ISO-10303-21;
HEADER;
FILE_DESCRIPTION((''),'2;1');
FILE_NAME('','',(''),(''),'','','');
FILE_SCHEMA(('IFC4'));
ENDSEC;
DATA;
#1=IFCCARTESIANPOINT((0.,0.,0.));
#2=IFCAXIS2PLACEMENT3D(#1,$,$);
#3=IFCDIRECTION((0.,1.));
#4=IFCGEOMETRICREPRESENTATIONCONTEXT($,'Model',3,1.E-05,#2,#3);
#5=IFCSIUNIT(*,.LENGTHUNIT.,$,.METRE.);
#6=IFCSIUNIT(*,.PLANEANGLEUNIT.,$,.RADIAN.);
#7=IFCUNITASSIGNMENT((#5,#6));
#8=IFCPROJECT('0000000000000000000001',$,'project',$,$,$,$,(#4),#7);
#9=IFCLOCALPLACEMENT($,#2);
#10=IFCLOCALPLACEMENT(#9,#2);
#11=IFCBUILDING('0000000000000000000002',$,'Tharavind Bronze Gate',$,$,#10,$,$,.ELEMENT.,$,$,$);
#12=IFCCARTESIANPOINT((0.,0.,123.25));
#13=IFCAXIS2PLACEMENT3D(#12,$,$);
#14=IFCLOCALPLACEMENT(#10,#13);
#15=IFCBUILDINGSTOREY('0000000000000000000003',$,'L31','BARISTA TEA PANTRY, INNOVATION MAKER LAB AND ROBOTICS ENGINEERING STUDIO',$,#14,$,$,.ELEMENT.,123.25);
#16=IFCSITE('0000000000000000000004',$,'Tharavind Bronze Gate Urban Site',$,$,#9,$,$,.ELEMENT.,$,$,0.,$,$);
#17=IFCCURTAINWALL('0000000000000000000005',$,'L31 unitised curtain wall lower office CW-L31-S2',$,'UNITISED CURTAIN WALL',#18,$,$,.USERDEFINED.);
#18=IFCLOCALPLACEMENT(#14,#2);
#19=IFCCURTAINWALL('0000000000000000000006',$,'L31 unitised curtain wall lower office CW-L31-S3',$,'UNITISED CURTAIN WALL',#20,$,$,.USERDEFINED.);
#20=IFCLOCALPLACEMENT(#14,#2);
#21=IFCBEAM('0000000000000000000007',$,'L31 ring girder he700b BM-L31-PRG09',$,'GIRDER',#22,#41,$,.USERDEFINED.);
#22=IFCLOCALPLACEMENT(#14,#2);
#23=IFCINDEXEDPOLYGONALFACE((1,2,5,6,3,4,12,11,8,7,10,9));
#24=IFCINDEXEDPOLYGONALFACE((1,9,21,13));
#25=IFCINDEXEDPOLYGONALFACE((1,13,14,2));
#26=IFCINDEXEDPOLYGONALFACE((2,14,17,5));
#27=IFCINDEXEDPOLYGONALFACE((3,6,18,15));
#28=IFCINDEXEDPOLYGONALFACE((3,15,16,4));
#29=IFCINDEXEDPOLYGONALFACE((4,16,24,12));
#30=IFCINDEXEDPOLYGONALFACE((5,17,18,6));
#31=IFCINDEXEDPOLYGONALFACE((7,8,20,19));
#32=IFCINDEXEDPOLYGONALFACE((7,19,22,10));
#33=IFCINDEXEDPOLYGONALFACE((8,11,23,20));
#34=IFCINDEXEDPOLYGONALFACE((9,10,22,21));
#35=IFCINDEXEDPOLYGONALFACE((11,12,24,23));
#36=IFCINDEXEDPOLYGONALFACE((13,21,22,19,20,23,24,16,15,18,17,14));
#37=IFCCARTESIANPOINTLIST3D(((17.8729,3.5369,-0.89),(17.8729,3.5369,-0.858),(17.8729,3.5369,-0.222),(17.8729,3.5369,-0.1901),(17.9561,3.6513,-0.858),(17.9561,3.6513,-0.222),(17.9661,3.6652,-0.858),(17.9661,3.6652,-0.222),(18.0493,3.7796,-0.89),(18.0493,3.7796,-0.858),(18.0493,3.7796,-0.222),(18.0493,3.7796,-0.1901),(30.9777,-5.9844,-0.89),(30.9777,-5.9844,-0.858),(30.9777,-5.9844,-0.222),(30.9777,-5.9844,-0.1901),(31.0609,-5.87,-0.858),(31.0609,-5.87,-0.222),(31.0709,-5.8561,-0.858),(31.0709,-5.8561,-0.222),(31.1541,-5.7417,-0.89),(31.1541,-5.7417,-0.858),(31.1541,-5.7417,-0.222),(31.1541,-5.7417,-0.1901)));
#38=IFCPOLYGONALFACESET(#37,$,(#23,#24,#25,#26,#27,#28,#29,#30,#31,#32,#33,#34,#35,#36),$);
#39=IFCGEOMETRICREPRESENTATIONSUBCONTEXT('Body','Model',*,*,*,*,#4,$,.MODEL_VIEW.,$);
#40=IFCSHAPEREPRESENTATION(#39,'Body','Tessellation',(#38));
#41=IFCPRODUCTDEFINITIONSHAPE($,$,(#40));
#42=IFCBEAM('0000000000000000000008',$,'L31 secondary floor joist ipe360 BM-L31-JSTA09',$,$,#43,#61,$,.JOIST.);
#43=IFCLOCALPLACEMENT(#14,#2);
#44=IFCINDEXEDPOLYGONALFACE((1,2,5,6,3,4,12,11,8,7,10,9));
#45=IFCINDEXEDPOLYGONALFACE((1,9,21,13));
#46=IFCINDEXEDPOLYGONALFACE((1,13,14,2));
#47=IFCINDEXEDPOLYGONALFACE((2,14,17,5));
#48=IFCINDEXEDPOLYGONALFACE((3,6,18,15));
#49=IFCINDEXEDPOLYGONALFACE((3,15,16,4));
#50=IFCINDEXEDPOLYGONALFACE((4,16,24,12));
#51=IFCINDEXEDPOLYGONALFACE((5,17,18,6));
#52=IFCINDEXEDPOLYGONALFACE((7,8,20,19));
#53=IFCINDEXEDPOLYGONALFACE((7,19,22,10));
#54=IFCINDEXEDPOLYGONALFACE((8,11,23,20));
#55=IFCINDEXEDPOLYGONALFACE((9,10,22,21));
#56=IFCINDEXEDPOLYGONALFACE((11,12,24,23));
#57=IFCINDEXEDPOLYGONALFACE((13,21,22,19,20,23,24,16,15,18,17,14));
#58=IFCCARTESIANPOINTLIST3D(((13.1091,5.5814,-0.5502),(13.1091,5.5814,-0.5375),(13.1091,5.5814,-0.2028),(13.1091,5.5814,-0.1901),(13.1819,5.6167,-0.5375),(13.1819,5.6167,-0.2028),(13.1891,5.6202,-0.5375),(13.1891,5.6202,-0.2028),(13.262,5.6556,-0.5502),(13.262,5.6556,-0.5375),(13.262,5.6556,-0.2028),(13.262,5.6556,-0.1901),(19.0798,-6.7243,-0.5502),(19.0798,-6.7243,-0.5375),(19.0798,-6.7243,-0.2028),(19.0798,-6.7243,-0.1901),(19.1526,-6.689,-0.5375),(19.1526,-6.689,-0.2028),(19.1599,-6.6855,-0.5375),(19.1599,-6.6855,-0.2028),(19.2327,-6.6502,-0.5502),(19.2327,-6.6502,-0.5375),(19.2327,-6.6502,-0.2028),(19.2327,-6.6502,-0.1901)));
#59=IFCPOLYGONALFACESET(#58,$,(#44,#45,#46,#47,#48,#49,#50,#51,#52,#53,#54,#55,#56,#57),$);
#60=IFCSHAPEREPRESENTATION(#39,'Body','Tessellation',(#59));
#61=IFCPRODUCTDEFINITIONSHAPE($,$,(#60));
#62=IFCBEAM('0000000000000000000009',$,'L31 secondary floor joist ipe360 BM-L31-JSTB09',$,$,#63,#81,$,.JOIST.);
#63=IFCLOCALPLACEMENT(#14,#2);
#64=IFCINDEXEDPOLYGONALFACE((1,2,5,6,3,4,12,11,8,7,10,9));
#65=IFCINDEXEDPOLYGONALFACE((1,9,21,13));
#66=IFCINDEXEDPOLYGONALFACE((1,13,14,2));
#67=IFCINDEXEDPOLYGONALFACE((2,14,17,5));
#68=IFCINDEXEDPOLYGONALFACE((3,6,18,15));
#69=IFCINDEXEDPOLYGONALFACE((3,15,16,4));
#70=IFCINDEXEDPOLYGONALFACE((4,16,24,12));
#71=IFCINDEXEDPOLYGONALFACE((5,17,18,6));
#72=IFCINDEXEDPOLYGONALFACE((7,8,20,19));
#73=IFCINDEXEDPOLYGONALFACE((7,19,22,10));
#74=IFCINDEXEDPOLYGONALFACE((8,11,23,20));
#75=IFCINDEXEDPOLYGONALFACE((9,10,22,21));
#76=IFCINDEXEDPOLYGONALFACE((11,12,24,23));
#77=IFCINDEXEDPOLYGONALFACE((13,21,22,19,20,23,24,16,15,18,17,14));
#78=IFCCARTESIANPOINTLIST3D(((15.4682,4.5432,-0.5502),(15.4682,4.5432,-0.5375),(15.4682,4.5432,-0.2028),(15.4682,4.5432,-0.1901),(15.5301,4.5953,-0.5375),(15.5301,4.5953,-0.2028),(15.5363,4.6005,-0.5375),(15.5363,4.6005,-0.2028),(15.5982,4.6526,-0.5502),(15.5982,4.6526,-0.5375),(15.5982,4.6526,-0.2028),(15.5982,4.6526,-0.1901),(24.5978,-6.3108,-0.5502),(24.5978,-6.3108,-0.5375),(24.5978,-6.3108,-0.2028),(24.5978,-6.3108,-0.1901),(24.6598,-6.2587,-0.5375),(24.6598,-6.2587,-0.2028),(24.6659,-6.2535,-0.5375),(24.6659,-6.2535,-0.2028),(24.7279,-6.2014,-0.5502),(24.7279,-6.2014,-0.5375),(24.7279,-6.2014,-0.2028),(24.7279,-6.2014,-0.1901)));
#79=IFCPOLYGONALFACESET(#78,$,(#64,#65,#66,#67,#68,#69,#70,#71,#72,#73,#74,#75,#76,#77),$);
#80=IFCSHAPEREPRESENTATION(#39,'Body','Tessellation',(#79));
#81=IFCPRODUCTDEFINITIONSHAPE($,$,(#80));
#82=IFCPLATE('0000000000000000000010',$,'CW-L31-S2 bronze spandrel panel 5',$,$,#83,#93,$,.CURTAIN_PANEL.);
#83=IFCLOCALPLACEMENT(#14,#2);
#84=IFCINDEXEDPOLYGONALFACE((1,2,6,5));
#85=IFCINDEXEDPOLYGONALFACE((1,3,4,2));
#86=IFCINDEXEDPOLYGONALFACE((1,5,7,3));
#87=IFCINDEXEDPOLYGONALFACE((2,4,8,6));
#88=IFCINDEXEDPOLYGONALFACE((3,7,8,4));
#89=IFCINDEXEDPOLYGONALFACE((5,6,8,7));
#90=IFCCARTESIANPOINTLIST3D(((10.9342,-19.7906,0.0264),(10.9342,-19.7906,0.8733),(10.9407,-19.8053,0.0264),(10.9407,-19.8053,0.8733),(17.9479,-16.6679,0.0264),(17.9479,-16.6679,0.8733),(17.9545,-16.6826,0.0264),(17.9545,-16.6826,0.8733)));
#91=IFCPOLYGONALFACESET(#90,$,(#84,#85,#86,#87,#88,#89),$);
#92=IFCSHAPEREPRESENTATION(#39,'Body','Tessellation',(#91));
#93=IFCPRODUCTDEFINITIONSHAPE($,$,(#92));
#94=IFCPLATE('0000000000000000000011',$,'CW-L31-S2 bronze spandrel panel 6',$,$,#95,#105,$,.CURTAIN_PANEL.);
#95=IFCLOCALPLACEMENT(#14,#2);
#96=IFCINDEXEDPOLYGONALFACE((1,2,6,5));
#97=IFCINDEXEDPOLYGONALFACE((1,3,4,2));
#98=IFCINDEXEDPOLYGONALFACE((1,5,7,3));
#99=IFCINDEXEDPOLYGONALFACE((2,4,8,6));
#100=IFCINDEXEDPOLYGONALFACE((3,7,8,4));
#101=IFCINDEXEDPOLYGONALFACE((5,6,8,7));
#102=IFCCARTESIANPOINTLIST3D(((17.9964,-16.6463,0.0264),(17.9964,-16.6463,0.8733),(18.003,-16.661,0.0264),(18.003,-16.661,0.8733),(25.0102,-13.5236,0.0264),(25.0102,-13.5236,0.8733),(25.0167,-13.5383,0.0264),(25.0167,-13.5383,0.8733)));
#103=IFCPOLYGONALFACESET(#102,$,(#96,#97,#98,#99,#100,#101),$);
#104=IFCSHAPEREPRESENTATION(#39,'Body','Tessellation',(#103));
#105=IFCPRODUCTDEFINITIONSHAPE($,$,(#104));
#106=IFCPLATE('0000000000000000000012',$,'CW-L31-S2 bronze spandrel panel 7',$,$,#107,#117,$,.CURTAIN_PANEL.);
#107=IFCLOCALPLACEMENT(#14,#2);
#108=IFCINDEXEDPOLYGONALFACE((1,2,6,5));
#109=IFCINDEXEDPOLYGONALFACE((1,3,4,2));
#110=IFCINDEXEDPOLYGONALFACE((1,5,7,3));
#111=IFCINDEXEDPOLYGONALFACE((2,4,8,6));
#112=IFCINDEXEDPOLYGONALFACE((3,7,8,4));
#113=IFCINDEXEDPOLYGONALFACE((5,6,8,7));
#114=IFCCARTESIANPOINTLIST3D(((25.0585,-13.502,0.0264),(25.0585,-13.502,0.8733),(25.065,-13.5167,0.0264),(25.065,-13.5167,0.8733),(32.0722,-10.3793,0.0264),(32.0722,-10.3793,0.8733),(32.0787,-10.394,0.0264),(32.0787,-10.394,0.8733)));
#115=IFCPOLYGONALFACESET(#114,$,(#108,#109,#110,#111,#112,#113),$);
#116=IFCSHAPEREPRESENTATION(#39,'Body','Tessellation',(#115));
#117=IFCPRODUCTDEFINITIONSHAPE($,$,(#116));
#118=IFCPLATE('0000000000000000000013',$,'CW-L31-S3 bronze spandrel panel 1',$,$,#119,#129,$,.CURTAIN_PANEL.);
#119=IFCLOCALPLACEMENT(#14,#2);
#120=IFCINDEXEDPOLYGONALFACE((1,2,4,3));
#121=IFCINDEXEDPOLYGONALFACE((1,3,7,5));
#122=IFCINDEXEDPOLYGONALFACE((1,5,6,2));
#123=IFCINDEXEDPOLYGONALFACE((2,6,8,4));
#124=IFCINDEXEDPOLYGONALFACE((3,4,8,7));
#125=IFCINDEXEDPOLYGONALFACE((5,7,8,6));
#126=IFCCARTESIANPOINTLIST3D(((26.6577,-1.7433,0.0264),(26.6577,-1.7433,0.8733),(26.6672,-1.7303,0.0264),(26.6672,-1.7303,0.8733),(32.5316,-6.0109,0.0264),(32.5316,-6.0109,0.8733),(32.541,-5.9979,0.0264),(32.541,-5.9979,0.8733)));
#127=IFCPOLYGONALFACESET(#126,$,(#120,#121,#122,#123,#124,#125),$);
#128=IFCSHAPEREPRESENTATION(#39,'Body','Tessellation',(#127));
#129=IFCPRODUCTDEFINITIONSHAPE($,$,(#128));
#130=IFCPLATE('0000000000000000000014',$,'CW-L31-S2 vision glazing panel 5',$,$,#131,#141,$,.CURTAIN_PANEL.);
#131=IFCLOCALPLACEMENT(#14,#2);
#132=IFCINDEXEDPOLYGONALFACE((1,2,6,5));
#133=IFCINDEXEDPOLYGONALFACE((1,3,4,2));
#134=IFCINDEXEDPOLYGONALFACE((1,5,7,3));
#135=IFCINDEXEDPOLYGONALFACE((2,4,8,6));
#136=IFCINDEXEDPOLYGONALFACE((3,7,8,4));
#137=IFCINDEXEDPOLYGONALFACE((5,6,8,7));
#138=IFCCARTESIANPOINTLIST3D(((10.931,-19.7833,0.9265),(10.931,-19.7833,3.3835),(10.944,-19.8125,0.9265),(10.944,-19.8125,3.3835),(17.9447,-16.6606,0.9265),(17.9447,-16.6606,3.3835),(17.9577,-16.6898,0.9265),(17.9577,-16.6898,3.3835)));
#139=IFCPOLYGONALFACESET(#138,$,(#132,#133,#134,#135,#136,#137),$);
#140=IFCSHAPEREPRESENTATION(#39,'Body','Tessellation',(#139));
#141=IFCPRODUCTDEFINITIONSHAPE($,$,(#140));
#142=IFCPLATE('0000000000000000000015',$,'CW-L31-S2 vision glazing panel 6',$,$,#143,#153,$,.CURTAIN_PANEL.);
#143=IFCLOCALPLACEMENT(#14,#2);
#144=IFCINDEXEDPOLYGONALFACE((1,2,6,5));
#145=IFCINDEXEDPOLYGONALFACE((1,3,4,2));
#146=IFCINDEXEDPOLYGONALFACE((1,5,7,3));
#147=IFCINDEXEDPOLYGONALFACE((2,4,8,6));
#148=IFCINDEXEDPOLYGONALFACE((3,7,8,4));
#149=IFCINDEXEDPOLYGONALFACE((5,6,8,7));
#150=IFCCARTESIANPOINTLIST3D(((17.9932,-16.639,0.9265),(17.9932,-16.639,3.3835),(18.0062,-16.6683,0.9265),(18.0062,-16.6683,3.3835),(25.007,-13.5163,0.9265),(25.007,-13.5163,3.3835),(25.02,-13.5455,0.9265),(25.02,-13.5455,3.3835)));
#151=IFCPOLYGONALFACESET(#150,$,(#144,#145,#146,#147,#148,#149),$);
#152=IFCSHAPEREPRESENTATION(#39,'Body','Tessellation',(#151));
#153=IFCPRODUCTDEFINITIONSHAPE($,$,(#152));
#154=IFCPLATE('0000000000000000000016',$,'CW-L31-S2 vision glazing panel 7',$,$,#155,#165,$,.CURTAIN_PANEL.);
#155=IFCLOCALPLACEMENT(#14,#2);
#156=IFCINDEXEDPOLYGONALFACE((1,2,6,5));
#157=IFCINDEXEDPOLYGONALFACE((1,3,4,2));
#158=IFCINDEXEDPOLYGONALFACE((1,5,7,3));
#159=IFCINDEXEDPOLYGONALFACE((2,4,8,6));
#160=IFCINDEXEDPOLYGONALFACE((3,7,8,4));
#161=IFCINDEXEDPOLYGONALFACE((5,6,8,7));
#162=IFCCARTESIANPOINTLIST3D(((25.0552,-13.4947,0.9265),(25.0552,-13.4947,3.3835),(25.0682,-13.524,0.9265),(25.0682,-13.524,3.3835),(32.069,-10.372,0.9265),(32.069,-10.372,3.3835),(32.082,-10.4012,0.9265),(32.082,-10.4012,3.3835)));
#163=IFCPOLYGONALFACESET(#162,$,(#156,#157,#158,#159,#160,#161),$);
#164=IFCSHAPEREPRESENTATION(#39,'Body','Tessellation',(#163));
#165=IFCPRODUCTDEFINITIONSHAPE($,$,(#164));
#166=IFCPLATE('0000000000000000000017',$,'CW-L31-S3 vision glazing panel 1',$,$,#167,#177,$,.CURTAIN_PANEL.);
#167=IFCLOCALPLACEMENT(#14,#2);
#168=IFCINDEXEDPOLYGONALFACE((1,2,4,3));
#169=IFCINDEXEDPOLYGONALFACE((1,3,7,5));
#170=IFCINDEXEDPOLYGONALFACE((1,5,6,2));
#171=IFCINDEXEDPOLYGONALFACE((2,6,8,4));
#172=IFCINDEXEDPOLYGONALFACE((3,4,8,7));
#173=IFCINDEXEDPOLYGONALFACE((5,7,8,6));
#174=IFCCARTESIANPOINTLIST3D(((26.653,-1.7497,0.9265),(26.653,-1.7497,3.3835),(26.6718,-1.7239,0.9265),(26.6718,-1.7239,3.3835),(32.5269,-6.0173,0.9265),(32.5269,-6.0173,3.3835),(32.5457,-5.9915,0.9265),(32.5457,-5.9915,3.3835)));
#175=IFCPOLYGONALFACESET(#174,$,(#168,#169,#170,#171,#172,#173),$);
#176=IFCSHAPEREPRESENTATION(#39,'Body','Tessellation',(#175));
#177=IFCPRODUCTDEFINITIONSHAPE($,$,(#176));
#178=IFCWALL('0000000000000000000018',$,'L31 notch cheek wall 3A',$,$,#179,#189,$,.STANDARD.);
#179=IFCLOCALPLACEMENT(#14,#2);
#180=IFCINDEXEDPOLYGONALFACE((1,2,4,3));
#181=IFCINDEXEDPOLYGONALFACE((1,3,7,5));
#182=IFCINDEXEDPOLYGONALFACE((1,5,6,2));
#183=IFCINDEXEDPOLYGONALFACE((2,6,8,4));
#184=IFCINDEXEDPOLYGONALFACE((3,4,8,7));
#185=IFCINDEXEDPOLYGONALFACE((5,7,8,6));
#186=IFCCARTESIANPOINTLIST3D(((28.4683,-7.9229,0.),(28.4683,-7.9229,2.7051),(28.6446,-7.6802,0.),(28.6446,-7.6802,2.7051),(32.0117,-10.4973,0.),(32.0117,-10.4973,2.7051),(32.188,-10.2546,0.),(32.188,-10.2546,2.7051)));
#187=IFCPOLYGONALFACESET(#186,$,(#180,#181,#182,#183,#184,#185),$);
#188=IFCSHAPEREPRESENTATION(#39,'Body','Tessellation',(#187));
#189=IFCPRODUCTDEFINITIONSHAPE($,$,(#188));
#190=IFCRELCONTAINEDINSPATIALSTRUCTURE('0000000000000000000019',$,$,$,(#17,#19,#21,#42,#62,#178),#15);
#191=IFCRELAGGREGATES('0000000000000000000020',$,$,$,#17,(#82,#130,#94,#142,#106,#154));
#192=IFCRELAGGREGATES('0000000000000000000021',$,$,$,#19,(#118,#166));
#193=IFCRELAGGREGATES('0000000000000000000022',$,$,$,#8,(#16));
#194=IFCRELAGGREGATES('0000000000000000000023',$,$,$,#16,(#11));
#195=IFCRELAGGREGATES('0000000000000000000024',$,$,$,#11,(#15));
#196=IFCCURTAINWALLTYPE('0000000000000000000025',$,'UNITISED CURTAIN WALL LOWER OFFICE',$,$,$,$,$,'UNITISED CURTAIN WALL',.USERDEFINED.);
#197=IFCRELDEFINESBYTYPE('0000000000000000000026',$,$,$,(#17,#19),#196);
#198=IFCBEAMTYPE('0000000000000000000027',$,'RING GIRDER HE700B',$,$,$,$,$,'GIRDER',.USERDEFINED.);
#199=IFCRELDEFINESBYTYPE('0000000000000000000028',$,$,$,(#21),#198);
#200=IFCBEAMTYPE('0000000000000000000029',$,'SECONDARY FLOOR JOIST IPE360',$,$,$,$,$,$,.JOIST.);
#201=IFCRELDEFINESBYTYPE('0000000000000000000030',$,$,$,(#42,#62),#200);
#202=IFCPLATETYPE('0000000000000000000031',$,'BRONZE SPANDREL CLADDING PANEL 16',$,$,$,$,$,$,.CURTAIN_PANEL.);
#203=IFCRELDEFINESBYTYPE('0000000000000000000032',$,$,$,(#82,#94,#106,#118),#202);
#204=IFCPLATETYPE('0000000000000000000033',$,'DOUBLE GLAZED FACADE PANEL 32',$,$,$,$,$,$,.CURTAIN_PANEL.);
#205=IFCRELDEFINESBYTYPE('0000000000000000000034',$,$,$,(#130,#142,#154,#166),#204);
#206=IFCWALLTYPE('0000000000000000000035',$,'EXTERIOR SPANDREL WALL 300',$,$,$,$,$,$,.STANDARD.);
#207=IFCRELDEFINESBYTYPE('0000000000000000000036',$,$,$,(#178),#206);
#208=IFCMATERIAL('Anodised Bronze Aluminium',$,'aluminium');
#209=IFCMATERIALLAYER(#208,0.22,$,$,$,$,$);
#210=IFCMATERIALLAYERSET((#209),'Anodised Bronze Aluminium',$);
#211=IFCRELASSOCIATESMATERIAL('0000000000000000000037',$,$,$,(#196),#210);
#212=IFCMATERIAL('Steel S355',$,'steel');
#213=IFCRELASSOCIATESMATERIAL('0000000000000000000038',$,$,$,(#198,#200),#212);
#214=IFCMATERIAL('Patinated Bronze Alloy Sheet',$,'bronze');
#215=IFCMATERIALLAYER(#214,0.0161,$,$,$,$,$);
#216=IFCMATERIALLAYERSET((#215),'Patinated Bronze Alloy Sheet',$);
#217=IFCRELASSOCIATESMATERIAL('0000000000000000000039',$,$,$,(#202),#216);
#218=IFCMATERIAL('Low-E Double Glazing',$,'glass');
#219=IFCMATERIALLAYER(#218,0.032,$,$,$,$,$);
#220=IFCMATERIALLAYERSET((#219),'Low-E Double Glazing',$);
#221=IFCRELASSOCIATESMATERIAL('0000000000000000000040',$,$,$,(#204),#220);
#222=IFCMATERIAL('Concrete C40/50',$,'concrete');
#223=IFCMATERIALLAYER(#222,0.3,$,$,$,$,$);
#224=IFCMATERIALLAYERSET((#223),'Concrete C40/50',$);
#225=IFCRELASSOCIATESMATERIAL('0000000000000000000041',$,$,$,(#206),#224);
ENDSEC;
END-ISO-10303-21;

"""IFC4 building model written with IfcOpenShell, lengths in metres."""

from ifc_helpers import new_model, si_unit, direction, frame, frame_2d, origin, origin_2d, place, context, subcontext, project, spatial, rectangle, i_section, extrude, material, layer, layer_set, material_profile, profile_set, type_object, element, aggregate, save


model = new_model("IFC4")

# Units and contexts
model_context = context("Model", 3, precision=1e-05, world=origin(), true_north=direction((0.0, 1.0)))
body_context = subcontext(model_context, "Body", "Model", "MODEL_VIEW")
ifc_project = project(units=[si_unit("LENGTHUNIT", "METRE"), si_unit("PLANEANGLEUNIT", "RADIAN")], contexts=[model_context])

# Site, building, storey
site_placement = place(None, origin())
site = spatial("IfcSite", under=ifc_project, at=site_placement, Name="Tharavind Bronze Gate Urban Site", CompositionType="ELEMENT", RefElevation=0.0)
building_placement = place(site_placement, origin())
building = spatial("IfcBuilding", under=site, at=building_placement, Name="Tharavind Bronze Gate", CompositionType="ELEMENT")
storey_placement = place(building_placement, frame((0.0, 0.0, 123.25)))
storey = spatial("IfcBuildingStorey", under=building, at=storey_placement, Name="L31", Description="BARISTA TEA PANTRY, INNOVATION MAKER LAB AND ROBOTICS ENGINEERING STUDIO", CompositionType="ELEMENT", Elevation=123.25)

# Curtain walls
ifc_material_1 = material(Name="Anodised Bronze Aluminium", Category="aluminium")
ifc_layer_1 = layer(ifc_material_1, 0.22)
ifc_layer_set_1 = layer_set([ifc_layer_1], Name="Anodised Bronze Aluminium")
curtain_wall_type = type_object("IfcCurtainWallType", Name="UNITISED CURTAIN WALL LOWER OFFICE", ElementType="UNITISED CURTAIN WALL", PredefinedType="USERDEFINED", material=ifc_layer_set_1)
curtain_wall_1_placement = place(storey_placement, origin())
curtain_wall_1 = element("IfcCurtainWall", 1, at=curtain_wall_1_placement, inside=storey, type_object=curtain_wall_type, Name="L31 unitised curtain wall lower office CW-L31-S2", ObjectType="UNITISED CURTAIN WALL", PredefinedType="USERDEFINED")
curtain_wall_2_placement = place(storey_placement, origin())
curtain_wall_2 = element("IfcCurtainWall", 2, at=curtain_wall_2_placement, inside=storey, type_object=curtain_wall_type, Name="L31 unitised curtain wall lower office CW-L31-S3", ObjectType="UNITISED CURTAIN WALL", PredefinedType="USERDEFINED")

# Beams
ifc_material_2 = material(Name="Steel S355", Category="steel")
ifc_material_profile_1 = material_profile(ifc_material_2, i_section(OverallWidth=0.3, OverallDepth=0.7, WebThickness=0.0171, FlangeThickness=0.032, at=origin_2d()), Name="HE700B")
ifc_profile_set_1 = profile_set([ifc_material_profile_1], Name="Steel S355")
beam_type_1 = type_object("IfcBeamType", Name="RING GIRDER HE700B", ElementType="GIRDER", PredefinedType="USERDEFINED", material=ifc_profile_set_1)
beam_1_placement = place(storey_placement, frame((31.0659, -5.863, -0.54), z_axis=(-0.809014, 0.587789, 0.0), x_axis=(-0.587789, -0.809014, 0.0)))
element("IfcBeam", 3, at=beam_1_placement, inside=storey, type_object=beam_type_1, Name="L31 ring girder he700b BM-L31-PRG09", ObjectType="GIRDER", PredefinedType="USERDEFINED", context=body_context, shape_type="SweptSolid", body=[
    extrude(i_section(OverallWidth=0.3, OverallDepth=0.7, WebThickness=0.0171, FlangeThickness=0.032, at=origin_2d()), origin(), (0.0, 0.0, 1.0), 16.1985),
])
ifc_material_profile_2 = material_profile(ifc_material_2, i_section(OverallWidth=0.1699, OverallDepth=0.3601, WebThickness=0.0081, FlangeThickness=0.0127, at=origin_2d()), Name="IPE360")
ifc_profile_set_2 = profile_set([ifc_material_profile_2], Name="Steel S355")
beam_type_2 = type_object("IfcBeamType", Name="SECONDARY FLOOR JOIST IPE360", PredefinedType="JOIST", material=ifc_profile_set_2)
beam_2_placement = place(storey_placement, frame((19.1562, -6.6873, -0.3701), z_axis=(-0.436529, 0.89969, 0.0), x_axis=(-0.89969, -0.436529, 0.0)))
element("IfcBeam", 4, at=beam_2_placement, inside=storey, type_object=beam_type_2, Name="L31 secondary floor joist ipe360 BM-L31-JSTA09", PredefinedType="JOIST", context=body_context, shape_type="SweptSolid", body=[
    extrude(i_section(OverallWidth=0.1699, OverallDepth=0.3601, WebThickness=0.0081, FlangeThickness=0.0127, at=origin_2d()), origin(), (0.0, 0.0, 1.0), 13.6777),
])
beam_3_placement = place(storey_placement, frame((24.6628, -6.2561, -0.3701), z_axis=(-0.643699, 0.765278, 0.0), x_axis=(-0.765278, -0.643699, 0.0)))
element("IfcBeam", 5, at=beam_3_placement, inside=storey, type_object=beam_type_2, Name="L31 secondary floor joist ipe360 BM-L31-JSTB09", PredefinedType="JOIST", context=body_context, shape_type="SweptSolid", body=[
    extrude(i_section(OverallWidth=0.1699, OverallDepth=0.3601, WebThickness=0.0081, FlangeThickness=0.0127, at=origin_2d()), origin(), (0.0, 0.0, 1.0), 14.1831),
])

# Plates
ifc_material_3 = material(Name="Patinated Bronze Alloy Sheet", Category="bronze")
ifc_layer_2 = layer(ifc_material_3, 0.0161)
ifc_layer_set_2 = layer_set([ifc_layer_2], Name="Patinated Bronze Alloy Sheet")
plate_type_1 = type_object("IfcPlateType", Name="BRONZE SPANDREL CLADDING PANEL 16", PredefinedType="CURTAIN_PANEL", material=ifc_layer_set_2)
plate_1_placement = place(storey_placement, frame((14.4443, -18.2366, 0.0264), z_axis=(0.0, 0.0, 1.0), x_axis=(0.913545, 0.406737, 0.0)))
plate_1 = element("IfcPlate", 6, at=plate_1_placement, type_object=plate_type_1, Name="CW-L31-S2 bronze spandrel panel 5", PredefinedType="CURTAIN_PANEL", context=body_context, shape_type="SweptSolid", body=[
    extrude(rectangle(XDim=7.6775, YDim=0.0161, at=origin_2d()), origin(), (0.0, 0.0, 1.0), 0.8469),
])
plate_2_placement = place(storey_placement, frame((21.5066, -15.0923, 0.0264), z_axis=(0.0, 0.0, 1.0), x_axis=(0.913545, 0.406737, 0.0)))
plate_2 = element("IfcPlate", 7, at=plate_2_placement, type_object=plate_type_1, Name="CW-L31-S2 bronze spandrel panel 6", PredefinedType="CURTAIN_PANEL", context=body_context, shape_type="SweptSolid", body=[
    extrude(rectangle(XDim=7.6775, YDim=0.0161, at=origin_2d()), origin(), (0.0, 0.0, 1.0), 0.8469),
])
plate_3_placement = place(storey_placement, frame((28.5686, -11.948, 0.0264), z_axis=(0.0, 0.0, 1.0), x_axis=(0.913545, 0.406737, 0.0)))
plate_3 = element("IfcPlate", 8, at=plate_3_placement, type_object=plate_type_1, Name="CW-L31-S2 bronze spandrel panel 7", PredefinedType="CURTAIN_PANEL", context=body_context, shape_type="SweptSolid", body=[
    extrude(rectangle(XDim=7.6775, YDim=0.0161, at=origin_2d()), origin(), (0.0, 0.0, 1.0), 0.8469),
])
plate_4_placement = place(storey_placement, frame((29.5994, -3.8706, 0.0264), z_axis=(0.0, 0.0, 1.0), x_axis=(-0.809017, 0.587785, 0.0)))
plate_4 = element("IfcPlate", 9, at=plate_4_placement, type_object=plate_type_1, Name="CW-L31-S3 bronze spandrel panel 1", PredefinedType="CURTAIN_PANEL", context=body_context, shape_type="SweptSolid", body=[
    extrude(rectangle(XDim=7.2605, YDim=0.0161, at=origin_2d()), origin(), (0.0, 0.0, 1.0), 0.8469),
])
ifc_material_4 = material(Name="Low-E Double Glazing", Category="glass")
ifc_layer_3 = layer(ifc_material_4, 0.032)
ifc_layer_set_3 = layer_set([ifc_layer_3], Name="Low-E Double Glazing")
plate_type_2 = type_object("IfcPlateType", Name="DOUBLE GLAZED FACADE PANEL 32", PredefinedType="CURTAIN_PANEL", material=ifc_layer_set_3)
plate_5_placement = place(storey_placement, frame((14.4443, -18.2366, 0.9265), z_axis=(0.0, 0.0, 1.0), x_axis=(0.913545, 0.406737, 0.0)))
plate_5 = element("IfcPlate", 10, at=plate_5_placement, type_object=plate_type_2, Name="CW-L31-S2 vision glazing panel 5", PredefinedType="CURTAIN_PANEL", context=body_context, shape_type="SweptSolid", body=[
    extrude(rectangle(XDim=7.6775, YDim=0.032, at=origin_2d()), origin(), (0.0, 0.0, 1.0), 2.457),
])
plate_6_placement = place(storey_placement, frame((21.5066, -15.0923, 0.9265), z_axis=(0.0, 0.0, 1.0), x_axis=(0.913545, 0.406737, 0.0)))
plate_6 = element("IfcPlate", 11, at=plate_6_placement, type_object=plate_type_2, Name="CW-L31-S2 vision glazing panel 6", PredefinedType="CURTAIN_PANEL", context=body_context, shape_type="SweptSolid", body=[
    extrude(rectangle(XDim=7.6775, YDim=0.032, at=origin_2d()), origin(), (0.0, 0.0, 1.0), 2.457),
])
plate_7_placement = place(storey_placement, frame((28.5686, -11.948, 0.9265), z_axis=(0.0, 0.0, 1.0), x_axis=(0.913545, 0.406737, 0.0)))
plate_7 = element("IfcPlate", 12, at=plate_7_placement, type_object=plate_type_2, Name="CW-L31-S2 vision glazing panel 7", PredefinedType="CURTAIN_PANEL", context=body_context, shape_type="SweptSolid", body=[
    extrude(rectangle(XDim=7.6775, YDim=0.032, at=origin_2d()), origin(), (0.0, 0.0, 1.0), 2.457),
])
aggregate(curtain_wall_1, [plate_1, plate_5, plate_2, plate_6, plate_3, plate_7])
plate_8_placement = place(storey_placement, frame((29.5994, -3.8706, 0.9265), z_axis=(0.0, 0.0, 1.0), x_axis=(-0.809017, 0.587785, 0.0)))
plate_8 = element("IfcPlate", 13, at=plate_8_placement, type_object=plate_type_2, Name="CW-L31-S3 vision glazing panel 1", PredefinedType="CURTAIN_PANEL", context=body_context, shape_type="SweptSolid", body=[
    extrude(rectangle(XDim=7.2605, YDim=0.032, at=origin_2d()), origin(), (0.0, 0.0, 1.0), 2.457),
])
aggregate(curtain_wall_2, [plate_4, plate_8])

# Wall
ifc_material_5 = material(Name="Concrete C40/50", Category="concrete")
ifc_layer_4 = layer(ifc_material_5, 0.3)
ifc_layer_set_4 = layer_set([ifc_layer_4], Name="Concrete C40/50")
wall_type_1 = type_object("IfcWallType", Name="EXTERIOR SPANDREL WALL 300", PredefinedType="STANDARD", material=ifc_layer_set_4)
for number, where, z_axis, x_axis, name in (
    (14, (32.0999, -10.376, 0.0), (0.0, 0.0, 1.0), (-0.809018, 0.587784, 0.0), "L31 notch cheek wall 3A"),
):
    element("IfcWall", number, at=place(storey_placement, frame(where, z_axis=z_axis, x_axis=x_axis)), inside=storey, type_object=wall_type_1, Name=name, PredefinedType="STANDARD", context=body_context, shape_type="SweptSolid", body=[
        extrude(rectangle(XDim=4.3799, YDim=0.3, at=frame_2d((2.1899, 0.0))), origin(), (0.0, 0.0, 1.0), 2.7051),
    ])

save(model, "model.ifc")
